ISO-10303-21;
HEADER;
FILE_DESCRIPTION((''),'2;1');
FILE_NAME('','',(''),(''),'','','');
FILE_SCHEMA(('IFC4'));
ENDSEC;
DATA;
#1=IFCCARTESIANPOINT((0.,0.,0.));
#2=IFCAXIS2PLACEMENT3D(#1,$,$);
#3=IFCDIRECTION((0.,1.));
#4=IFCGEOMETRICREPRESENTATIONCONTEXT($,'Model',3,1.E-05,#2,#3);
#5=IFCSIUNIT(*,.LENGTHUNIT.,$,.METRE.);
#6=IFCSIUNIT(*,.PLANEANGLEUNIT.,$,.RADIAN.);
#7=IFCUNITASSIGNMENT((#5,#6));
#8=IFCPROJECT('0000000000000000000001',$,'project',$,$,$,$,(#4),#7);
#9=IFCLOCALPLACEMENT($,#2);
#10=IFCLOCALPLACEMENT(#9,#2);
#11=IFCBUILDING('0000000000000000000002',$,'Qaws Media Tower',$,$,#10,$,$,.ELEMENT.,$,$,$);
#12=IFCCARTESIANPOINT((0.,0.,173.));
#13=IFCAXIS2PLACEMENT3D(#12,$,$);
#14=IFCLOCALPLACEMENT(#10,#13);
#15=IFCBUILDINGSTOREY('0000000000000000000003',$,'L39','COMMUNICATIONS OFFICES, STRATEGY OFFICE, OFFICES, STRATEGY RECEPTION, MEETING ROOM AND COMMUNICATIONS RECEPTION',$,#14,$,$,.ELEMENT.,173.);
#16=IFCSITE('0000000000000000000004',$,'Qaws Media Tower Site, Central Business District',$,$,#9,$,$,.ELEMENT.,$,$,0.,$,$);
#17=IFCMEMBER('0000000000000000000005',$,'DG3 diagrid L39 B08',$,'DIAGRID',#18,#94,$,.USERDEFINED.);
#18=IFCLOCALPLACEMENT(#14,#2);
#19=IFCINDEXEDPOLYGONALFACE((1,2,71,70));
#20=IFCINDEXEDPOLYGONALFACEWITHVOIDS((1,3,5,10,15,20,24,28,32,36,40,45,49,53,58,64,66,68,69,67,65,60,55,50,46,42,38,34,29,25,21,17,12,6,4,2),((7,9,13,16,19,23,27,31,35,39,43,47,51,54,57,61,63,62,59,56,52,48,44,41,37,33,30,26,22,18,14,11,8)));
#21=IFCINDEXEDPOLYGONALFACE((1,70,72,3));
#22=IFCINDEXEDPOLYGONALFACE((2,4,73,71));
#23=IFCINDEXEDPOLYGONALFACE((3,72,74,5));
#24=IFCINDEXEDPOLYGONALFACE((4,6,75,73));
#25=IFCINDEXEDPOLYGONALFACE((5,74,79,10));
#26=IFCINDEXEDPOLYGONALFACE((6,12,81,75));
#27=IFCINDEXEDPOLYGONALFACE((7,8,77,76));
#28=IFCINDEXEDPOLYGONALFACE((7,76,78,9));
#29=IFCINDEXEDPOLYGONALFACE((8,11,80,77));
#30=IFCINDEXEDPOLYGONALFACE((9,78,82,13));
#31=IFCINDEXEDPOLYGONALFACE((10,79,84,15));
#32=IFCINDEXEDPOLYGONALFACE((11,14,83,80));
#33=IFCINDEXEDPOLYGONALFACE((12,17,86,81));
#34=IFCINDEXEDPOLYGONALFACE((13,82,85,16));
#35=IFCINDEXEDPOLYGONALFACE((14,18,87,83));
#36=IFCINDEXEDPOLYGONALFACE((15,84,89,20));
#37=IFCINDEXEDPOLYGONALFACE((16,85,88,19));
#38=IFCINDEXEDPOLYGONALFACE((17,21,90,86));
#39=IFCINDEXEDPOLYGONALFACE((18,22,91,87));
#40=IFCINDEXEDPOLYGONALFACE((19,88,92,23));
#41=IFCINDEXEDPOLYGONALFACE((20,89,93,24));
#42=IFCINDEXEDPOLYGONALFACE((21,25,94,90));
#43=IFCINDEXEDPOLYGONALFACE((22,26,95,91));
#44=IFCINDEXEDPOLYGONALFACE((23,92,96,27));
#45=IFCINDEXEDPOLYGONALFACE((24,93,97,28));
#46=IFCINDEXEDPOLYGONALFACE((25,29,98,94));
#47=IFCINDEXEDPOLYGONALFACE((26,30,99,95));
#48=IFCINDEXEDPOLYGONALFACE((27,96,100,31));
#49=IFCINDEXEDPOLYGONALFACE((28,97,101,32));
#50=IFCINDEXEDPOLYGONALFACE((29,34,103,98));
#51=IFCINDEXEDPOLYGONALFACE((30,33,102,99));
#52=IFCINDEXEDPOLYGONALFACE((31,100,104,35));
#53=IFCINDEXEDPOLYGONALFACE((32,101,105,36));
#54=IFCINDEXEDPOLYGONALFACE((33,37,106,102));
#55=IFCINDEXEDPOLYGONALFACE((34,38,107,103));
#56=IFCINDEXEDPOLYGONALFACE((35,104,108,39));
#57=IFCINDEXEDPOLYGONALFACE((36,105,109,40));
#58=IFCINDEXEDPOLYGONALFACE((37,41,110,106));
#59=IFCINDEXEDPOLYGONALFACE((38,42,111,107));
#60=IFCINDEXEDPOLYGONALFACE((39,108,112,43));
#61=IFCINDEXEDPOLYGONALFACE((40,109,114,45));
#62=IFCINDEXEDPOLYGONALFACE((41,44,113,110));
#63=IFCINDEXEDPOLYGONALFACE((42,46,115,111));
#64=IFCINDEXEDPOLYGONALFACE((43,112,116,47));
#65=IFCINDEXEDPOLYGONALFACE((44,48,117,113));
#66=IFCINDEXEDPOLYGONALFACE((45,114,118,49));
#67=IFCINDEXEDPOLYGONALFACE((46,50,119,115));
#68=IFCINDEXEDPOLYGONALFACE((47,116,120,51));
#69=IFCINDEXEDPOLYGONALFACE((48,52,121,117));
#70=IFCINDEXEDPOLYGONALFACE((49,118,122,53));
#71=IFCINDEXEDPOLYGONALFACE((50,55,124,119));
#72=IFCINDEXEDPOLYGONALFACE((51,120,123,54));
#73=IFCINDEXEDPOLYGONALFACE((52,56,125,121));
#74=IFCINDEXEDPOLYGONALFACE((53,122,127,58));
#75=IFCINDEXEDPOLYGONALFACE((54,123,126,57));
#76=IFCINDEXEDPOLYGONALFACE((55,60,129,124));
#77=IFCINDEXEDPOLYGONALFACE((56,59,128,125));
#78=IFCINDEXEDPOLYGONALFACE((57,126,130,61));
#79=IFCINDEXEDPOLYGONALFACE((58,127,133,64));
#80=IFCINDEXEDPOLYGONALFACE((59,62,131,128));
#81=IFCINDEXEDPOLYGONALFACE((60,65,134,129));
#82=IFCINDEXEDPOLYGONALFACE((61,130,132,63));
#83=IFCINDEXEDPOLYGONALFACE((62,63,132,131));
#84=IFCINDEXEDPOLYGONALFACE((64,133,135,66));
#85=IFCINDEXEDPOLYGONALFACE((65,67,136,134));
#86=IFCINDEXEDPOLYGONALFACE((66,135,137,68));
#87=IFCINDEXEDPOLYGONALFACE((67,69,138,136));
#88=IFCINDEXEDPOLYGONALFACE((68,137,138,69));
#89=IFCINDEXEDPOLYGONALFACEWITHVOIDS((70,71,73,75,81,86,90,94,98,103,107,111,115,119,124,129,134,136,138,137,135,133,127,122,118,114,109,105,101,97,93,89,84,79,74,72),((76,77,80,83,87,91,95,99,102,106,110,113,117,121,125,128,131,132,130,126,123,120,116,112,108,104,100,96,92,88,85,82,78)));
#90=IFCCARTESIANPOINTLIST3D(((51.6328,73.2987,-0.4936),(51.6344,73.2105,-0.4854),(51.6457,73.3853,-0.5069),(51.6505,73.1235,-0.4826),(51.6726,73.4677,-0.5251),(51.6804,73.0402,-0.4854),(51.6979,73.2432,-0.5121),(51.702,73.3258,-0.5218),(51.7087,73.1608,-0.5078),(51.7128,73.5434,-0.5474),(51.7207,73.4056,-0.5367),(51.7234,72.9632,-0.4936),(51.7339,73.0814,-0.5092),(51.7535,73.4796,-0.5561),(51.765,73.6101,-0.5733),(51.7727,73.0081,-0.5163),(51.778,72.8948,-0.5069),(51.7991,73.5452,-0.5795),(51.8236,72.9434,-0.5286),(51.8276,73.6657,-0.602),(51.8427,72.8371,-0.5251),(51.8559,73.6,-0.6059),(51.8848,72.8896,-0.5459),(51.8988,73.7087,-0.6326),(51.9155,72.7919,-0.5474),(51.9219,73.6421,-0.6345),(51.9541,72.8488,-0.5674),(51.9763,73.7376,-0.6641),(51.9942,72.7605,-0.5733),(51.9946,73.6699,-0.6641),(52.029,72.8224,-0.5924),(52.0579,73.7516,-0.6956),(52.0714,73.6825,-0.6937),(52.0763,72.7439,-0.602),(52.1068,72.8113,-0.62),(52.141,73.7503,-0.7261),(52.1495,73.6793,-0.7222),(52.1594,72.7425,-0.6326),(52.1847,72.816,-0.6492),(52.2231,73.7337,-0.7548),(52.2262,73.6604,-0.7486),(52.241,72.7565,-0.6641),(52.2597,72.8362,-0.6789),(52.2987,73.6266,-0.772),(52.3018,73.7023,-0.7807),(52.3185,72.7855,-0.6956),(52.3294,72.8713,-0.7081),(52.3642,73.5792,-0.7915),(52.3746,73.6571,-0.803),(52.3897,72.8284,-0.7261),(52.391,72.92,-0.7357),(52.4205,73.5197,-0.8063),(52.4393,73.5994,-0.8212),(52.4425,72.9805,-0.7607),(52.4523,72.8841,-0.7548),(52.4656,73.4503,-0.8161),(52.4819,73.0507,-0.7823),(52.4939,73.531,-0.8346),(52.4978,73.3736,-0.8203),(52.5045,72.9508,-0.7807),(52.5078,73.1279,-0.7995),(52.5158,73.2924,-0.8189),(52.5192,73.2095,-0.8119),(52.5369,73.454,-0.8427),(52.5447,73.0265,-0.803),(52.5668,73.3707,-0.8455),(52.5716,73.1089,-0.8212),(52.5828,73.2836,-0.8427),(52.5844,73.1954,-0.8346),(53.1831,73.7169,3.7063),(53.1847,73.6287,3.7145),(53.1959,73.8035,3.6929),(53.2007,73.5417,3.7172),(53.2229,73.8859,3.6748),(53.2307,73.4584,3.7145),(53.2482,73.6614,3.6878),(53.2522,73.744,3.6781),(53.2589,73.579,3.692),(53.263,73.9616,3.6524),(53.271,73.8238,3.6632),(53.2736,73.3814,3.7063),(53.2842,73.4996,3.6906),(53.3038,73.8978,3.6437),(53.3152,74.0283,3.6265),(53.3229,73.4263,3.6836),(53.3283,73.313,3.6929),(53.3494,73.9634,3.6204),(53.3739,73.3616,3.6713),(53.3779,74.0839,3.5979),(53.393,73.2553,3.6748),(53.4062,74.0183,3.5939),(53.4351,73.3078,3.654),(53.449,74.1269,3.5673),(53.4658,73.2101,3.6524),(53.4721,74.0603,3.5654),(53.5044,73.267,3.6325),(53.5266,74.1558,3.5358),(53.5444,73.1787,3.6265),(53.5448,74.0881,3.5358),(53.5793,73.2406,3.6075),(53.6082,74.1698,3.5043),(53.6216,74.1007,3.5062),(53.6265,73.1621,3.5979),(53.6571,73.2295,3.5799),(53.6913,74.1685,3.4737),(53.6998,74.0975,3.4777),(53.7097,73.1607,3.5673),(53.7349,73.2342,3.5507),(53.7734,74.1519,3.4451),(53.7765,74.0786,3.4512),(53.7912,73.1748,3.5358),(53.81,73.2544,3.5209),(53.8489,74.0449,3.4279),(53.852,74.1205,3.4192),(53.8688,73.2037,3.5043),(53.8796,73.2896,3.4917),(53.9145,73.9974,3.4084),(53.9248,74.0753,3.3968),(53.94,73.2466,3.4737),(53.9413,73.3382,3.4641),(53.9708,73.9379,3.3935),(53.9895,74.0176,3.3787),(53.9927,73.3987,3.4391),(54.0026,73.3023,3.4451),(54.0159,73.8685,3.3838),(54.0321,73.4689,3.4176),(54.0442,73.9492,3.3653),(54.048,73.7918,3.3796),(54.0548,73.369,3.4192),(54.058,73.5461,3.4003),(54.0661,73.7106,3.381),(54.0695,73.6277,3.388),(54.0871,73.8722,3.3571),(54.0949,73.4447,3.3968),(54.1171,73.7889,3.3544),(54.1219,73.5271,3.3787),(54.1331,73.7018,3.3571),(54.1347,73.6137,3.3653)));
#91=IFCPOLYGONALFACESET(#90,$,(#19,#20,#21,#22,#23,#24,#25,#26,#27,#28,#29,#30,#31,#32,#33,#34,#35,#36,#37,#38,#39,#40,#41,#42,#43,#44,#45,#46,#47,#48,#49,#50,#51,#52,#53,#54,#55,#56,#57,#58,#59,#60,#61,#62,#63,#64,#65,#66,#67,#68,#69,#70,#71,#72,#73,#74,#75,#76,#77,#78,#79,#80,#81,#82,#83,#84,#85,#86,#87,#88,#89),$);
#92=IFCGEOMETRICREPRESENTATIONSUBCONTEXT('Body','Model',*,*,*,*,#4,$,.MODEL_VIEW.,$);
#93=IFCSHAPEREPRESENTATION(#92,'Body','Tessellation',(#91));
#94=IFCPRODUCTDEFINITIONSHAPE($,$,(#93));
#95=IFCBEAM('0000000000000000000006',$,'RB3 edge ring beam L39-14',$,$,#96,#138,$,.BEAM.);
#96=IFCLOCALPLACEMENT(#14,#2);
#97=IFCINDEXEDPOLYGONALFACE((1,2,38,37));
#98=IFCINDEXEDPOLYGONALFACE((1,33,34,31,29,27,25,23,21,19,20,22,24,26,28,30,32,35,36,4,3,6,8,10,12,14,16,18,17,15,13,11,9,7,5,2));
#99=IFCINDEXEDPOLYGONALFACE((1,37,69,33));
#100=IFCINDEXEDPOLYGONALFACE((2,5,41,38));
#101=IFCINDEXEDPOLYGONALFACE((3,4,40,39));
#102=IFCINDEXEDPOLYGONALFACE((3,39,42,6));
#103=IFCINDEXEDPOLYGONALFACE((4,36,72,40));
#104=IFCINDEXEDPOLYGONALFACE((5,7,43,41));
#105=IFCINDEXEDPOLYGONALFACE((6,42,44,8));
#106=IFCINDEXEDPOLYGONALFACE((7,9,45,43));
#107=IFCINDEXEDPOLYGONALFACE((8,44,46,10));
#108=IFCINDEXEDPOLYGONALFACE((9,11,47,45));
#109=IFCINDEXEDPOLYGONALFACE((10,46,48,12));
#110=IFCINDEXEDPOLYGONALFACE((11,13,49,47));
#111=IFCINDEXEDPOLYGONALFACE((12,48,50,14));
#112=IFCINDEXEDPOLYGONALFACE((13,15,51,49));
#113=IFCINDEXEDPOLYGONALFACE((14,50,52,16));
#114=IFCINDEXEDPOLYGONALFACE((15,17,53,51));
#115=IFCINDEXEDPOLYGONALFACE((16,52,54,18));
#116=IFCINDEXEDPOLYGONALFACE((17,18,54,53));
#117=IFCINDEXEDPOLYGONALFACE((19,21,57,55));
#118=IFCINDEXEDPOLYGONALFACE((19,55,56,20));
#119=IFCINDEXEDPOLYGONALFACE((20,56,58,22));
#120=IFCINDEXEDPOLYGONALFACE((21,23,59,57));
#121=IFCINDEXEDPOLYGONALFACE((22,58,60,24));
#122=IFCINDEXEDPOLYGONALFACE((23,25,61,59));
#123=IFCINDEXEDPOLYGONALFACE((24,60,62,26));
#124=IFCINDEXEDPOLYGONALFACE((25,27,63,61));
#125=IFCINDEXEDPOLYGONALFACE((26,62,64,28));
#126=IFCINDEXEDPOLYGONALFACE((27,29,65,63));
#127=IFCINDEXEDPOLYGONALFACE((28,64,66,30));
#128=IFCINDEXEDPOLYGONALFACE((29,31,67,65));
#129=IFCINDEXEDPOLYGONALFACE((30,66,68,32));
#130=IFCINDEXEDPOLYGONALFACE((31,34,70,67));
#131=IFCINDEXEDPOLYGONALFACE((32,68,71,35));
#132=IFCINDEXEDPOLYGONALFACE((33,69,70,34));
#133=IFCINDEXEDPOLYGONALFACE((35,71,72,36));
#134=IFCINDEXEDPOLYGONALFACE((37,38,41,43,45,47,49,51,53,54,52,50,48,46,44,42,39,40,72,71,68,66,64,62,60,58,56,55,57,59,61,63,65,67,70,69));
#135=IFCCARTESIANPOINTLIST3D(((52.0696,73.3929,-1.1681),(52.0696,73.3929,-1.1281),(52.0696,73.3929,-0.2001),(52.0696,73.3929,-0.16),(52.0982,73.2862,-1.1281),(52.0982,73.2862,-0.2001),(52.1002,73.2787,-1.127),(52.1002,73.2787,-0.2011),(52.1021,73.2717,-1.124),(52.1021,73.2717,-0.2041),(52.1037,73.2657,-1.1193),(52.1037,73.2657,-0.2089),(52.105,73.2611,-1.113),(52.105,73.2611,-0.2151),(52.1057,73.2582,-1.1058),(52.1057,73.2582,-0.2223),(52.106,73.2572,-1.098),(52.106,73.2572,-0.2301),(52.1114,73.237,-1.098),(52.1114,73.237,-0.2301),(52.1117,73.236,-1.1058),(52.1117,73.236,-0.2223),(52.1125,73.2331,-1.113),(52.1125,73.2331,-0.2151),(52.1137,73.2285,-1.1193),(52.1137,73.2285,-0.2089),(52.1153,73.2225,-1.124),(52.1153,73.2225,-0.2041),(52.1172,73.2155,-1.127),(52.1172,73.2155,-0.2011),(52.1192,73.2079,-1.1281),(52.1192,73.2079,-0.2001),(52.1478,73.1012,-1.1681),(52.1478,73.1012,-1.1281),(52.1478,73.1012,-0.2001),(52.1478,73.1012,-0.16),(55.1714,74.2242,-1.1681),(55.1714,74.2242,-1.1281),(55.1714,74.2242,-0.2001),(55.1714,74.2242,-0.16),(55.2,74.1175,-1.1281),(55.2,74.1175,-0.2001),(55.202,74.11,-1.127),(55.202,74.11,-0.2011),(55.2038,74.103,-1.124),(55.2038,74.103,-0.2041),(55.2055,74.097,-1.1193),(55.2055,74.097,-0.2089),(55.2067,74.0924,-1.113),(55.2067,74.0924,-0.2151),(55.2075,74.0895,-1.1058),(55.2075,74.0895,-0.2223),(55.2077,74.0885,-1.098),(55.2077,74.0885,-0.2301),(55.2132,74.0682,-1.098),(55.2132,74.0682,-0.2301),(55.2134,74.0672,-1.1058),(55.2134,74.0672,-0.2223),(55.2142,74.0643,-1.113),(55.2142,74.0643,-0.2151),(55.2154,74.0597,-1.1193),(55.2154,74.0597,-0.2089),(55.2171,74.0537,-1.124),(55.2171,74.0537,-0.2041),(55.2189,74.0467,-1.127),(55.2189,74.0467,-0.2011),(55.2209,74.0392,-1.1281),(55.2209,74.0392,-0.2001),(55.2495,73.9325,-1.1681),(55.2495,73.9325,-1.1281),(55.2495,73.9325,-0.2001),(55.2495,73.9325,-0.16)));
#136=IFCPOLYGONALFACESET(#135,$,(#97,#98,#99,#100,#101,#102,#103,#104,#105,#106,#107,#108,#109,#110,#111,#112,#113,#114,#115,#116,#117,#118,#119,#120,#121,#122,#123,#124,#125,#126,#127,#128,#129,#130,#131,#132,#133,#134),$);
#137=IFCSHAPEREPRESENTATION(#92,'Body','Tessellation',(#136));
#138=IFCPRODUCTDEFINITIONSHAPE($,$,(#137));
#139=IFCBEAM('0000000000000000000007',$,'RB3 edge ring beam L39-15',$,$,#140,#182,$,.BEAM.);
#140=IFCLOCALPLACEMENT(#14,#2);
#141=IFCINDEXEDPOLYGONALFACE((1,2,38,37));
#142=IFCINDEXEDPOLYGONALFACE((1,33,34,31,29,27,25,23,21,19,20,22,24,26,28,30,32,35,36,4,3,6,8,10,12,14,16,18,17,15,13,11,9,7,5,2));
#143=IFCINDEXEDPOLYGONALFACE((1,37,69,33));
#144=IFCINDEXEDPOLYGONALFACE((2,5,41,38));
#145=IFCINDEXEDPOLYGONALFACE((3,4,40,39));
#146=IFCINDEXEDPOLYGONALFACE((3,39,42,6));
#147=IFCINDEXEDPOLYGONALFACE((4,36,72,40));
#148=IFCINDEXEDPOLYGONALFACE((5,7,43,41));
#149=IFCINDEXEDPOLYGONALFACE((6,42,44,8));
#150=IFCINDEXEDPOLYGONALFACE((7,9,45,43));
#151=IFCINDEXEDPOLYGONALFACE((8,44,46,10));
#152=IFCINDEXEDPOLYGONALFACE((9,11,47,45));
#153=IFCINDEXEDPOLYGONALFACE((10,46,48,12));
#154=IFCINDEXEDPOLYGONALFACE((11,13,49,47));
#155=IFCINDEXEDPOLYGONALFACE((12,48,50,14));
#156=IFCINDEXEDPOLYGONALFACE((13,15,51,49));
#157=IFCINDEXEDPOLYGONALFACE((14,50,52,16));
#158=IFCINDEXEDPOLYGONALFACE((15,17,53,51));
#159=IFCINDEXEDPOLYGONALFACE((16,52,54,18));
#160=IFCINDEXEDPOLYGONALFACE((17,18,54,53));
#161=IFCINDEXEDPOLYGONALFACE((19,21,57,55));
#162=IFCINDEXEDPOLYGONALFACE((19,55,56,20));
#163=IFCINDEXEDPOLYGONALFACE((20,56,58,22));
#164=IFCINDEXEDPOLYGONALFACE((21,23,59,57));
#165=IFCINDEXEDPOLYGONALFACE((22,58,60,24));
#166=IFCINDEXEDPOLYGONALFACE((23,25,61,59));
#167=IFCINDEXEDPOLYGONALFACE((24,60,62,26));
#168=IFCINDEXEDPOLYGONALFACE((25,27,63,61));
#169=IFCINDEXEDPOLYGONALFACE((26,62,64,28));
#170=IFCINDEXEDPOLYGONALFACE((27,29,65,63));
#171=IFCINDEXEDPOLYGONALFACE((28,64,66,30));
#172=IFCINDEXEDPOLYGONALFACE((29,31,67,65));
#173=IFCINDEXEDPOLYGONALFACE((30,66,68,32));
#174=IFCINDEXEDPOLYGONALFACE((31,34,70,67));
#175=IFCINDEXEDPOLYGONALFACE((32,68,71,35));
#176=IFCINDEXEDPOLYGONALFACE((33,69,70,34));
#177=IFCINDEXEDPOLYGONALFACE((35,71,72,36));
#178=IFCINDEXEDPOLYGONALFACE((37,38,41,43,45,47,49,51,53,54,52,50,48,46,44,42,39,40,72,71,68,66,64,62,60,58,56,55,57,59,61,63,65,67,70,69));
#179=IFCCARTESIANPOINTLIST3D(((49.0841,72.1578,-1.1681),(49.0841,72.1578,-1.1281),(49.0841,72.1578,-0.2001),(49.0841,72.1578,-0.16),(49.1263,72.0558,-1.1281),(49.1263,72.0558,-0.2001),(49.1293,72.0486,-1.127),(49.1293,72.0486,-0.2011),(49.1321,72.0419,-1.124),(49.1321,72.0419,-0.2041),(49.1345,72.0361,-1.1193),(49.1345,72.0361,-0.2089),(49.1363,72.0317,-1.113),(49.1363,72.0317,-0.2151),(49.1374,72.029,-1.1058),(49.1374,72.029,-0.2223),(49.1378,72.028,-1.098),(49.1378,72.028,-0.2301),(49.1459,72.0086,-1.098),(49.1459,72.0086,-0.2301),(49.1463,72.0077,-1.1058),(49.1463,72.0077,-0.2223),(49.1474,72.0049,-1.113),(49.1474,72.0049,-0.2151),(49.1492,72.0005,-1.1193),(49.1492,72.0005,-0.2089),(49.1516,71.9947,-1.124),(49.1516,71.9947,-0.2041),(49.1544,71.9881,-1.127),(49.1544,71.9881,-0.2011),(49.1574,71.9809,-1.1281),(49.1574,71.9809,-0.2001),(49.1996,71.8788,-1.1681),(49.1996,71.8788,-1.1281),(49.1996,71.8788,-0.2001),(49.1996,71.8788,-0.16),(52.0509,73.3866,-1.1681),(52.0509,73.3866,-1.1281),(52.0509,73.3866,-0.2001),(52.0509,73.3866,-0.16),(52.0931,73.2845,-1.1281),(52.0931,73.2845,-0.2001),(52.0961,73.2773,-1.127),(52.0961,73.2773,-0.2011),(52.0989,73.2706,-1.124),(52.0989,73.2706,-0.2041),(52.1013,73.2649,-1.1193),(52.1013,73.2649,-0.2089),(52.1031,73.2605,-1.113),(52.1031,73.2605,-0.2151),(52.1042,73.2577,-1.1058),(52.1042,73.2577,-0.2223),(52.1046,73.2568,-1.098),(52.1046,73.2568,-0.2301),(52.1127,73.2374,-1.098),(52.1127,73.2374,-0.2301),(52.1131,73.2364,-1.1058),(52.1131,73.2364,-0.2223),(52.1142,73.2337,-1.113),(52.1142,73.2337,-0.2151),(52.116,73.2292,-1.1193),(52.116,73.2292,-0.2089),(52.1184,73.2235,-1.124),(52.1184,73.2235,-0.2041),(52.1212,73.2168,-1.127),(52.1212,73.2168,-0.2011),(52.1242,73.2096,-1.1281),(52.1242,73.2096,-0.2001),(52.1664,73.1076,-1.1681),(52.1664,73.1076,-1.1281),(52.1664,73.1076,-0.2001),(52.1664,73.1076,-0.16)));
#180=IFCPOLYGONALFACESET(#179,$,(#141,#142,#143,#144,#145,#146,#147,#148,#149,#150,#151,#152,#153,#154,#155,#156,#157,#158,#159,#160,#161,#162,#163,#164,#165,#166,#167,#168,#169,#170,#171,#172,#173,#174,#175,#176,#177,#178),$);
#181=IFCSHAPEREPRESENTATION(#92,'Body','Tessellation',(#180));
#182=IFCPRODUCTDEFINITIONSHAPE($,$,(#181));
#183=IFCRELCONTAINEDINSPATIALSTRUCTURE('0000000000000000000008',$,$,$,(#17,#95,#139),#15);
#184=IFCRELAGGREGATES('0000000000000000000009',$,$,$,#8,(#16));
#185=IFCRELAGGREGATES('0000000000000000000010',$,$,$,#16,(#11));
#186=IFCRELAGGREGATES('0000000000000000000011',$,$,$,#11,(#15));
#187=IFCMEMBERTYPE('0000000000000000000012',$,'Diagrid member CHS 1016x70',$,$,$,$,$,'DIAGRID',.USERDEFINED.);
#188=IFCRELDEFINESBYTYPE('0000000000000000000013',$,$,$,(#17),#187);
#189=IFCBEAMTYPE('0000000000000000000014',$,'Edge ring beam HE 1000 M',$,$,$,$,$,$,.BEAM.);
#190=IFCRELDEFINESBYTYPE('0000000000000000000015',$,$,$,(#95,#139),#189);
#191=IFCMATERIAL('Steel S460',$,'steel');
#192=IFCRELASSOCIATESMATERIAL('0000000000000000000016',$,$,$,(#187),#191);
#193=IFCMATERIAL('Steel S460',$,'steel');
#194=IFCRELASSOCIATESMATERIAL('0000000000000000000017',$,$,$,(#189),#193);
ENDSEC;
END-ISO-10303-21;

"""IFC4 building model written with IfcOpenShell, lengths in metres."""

from ifc_helpers import new_model, si_unit, direction, frame, origin, origin_2d, place, context, subcontext, project, spatial, hollow_circle, i_section, extrude, material, material_profile, profile_set, type_object, element, save


model = new_model("IFC4")

# Units and contexts
model_context = context("Model", 3, precision=1e-05, world=origin(), true_north=direction((0.0, 1.0)))
body_context = subcontext(model_context, "Body", "Model", "MODEL_VIEW")
ifc_project = project(units=[si_unit("LENGTHUNIT", "METRE"), si_unit("PLANEANGLEUNIT", "RADIAN")], contexts=[model_context])

# Site, building, storey
site_placement = place(None, origin())
site = spatial("IfcSite", under=ifc_project, at=site_placement, Name="Qaws Media Tower Site, Central Business District", CompositionType="ELEMENT", RefElevation=0.0)
building_placement = place(site_placement, origin())
building = spatial("IfcBuilding", under=site, at=building_placement, Name="Qaws Media Tower", CompositionType="ELEMENT")
storey_placement = place(building_placement, frame((0.0, 0.0, 173.0)))
storey = spatial("IfcBuildingStorey", under=building, at=storey_placement, Name="L39", Description="COMMUNICATIONS OFFICES, STRATEGY OFFICE, OFFICES, STRATEGY RECEPTION, MEETING ROOM AND COMMUNICATIONS RECEPTION", CompositionType="ELEMENT", Elevation=173.0)

# Member
ifc_material_1 = material(Name="Steel S460", Category="steel")
ifc_material_profile_1 = material_profile(ifc_material_1, hollow_circle(Radius=0.5081, WallThickness=0.0701, at=origin_2d()), Name="CHS 1016x70")
ifc_profile_set_1 = profile_set([ifc_material_profile_1], Name="Steel S460")
member_type_1 = type_object("IfcMemberType", Name="Diagrid member CHS 1016x70", ElementType="DIAGRID", PredefinedType="USERDEFINED", material=ifc_profile_set_1)
for number, where, z_axis, x_axis, name in (
    (1, (52.1086, 73.2471, -0.6641), (0.344783, 0.09301, 0.934063), (-0.260453, 0.965486, 0.0), "DG3 diagrid L39 B08"),
):
    element("IfcMember", number, at=place(storey_placement, frame(where, z_axis=z_axis, x_axis=x_axis)), inside=storey, type_object=member_type_1, Name=name, ObjectType="DIAGRID", PredefinedType="USERDEFINED", context=body_context, shape_type="SweptSolid", body=[
        extrude(hollow_circle(Radius=0.5081, WallThickness=0.0701, at=origin_2d()), origin(), (0.0, 0.0, 1.0), 4.4963),
    ])

# Beams
ifc_material_2 = material(Name="Steel S460", Category="steel")
ifc_material_profile_2 = material_profile(ifc_material_2, i_section(OverallWidth=0.302, OverallDepth=1.0081, WebThickness=0.021, FlangeThickness=0.04, FilletRadius=0.03, at=origin_2d()), Name="HE 1000 M")
ifc_profile_set_2 = profile_set([ifc_material_profile_2], Name="Steel S460")
beam_type_1 = type_object("IfcBeamType", Name="Edge ring beam HE 1000 M", PredefinedType="BEAM", material=ifc_profile_set_2)
for number, where, z_axis, x_axis, name in (
    (2, (55.2104, 74.0784, -0.6641), (-0.965912, -0.258869, 0.0), (0.258869, -0.965912, 0.0), "RB3 edge ring beam L39-14"),
    (3, (52.1086, 73.2471, -0.6641), (-0.923894, -0.382649, 0.0), (0.382649, -0.923894, 0.0), "RB3 edge ring beam L39-15"),
):
    element("IfcBeam", number, at=place(storey_placement, frame(where, z_axis=z_axis, x_axis=x_axis)), inside=storey, type_object=beam_type_1, Name=name, PredefinedType="BEAM", context=body_context, shape_type="SweptSolid", body=[
        extrude(i_section(OverallWidth=0.302, OverallDepth=1.0081, WebThickness=0.021, FlangeThickness=0.04, FilletRadius=0.03, at=origin_2d()), origin(), (0.0, 0.0, 1.0), 3.2112),
    ])

save(model, "model.ifc")
